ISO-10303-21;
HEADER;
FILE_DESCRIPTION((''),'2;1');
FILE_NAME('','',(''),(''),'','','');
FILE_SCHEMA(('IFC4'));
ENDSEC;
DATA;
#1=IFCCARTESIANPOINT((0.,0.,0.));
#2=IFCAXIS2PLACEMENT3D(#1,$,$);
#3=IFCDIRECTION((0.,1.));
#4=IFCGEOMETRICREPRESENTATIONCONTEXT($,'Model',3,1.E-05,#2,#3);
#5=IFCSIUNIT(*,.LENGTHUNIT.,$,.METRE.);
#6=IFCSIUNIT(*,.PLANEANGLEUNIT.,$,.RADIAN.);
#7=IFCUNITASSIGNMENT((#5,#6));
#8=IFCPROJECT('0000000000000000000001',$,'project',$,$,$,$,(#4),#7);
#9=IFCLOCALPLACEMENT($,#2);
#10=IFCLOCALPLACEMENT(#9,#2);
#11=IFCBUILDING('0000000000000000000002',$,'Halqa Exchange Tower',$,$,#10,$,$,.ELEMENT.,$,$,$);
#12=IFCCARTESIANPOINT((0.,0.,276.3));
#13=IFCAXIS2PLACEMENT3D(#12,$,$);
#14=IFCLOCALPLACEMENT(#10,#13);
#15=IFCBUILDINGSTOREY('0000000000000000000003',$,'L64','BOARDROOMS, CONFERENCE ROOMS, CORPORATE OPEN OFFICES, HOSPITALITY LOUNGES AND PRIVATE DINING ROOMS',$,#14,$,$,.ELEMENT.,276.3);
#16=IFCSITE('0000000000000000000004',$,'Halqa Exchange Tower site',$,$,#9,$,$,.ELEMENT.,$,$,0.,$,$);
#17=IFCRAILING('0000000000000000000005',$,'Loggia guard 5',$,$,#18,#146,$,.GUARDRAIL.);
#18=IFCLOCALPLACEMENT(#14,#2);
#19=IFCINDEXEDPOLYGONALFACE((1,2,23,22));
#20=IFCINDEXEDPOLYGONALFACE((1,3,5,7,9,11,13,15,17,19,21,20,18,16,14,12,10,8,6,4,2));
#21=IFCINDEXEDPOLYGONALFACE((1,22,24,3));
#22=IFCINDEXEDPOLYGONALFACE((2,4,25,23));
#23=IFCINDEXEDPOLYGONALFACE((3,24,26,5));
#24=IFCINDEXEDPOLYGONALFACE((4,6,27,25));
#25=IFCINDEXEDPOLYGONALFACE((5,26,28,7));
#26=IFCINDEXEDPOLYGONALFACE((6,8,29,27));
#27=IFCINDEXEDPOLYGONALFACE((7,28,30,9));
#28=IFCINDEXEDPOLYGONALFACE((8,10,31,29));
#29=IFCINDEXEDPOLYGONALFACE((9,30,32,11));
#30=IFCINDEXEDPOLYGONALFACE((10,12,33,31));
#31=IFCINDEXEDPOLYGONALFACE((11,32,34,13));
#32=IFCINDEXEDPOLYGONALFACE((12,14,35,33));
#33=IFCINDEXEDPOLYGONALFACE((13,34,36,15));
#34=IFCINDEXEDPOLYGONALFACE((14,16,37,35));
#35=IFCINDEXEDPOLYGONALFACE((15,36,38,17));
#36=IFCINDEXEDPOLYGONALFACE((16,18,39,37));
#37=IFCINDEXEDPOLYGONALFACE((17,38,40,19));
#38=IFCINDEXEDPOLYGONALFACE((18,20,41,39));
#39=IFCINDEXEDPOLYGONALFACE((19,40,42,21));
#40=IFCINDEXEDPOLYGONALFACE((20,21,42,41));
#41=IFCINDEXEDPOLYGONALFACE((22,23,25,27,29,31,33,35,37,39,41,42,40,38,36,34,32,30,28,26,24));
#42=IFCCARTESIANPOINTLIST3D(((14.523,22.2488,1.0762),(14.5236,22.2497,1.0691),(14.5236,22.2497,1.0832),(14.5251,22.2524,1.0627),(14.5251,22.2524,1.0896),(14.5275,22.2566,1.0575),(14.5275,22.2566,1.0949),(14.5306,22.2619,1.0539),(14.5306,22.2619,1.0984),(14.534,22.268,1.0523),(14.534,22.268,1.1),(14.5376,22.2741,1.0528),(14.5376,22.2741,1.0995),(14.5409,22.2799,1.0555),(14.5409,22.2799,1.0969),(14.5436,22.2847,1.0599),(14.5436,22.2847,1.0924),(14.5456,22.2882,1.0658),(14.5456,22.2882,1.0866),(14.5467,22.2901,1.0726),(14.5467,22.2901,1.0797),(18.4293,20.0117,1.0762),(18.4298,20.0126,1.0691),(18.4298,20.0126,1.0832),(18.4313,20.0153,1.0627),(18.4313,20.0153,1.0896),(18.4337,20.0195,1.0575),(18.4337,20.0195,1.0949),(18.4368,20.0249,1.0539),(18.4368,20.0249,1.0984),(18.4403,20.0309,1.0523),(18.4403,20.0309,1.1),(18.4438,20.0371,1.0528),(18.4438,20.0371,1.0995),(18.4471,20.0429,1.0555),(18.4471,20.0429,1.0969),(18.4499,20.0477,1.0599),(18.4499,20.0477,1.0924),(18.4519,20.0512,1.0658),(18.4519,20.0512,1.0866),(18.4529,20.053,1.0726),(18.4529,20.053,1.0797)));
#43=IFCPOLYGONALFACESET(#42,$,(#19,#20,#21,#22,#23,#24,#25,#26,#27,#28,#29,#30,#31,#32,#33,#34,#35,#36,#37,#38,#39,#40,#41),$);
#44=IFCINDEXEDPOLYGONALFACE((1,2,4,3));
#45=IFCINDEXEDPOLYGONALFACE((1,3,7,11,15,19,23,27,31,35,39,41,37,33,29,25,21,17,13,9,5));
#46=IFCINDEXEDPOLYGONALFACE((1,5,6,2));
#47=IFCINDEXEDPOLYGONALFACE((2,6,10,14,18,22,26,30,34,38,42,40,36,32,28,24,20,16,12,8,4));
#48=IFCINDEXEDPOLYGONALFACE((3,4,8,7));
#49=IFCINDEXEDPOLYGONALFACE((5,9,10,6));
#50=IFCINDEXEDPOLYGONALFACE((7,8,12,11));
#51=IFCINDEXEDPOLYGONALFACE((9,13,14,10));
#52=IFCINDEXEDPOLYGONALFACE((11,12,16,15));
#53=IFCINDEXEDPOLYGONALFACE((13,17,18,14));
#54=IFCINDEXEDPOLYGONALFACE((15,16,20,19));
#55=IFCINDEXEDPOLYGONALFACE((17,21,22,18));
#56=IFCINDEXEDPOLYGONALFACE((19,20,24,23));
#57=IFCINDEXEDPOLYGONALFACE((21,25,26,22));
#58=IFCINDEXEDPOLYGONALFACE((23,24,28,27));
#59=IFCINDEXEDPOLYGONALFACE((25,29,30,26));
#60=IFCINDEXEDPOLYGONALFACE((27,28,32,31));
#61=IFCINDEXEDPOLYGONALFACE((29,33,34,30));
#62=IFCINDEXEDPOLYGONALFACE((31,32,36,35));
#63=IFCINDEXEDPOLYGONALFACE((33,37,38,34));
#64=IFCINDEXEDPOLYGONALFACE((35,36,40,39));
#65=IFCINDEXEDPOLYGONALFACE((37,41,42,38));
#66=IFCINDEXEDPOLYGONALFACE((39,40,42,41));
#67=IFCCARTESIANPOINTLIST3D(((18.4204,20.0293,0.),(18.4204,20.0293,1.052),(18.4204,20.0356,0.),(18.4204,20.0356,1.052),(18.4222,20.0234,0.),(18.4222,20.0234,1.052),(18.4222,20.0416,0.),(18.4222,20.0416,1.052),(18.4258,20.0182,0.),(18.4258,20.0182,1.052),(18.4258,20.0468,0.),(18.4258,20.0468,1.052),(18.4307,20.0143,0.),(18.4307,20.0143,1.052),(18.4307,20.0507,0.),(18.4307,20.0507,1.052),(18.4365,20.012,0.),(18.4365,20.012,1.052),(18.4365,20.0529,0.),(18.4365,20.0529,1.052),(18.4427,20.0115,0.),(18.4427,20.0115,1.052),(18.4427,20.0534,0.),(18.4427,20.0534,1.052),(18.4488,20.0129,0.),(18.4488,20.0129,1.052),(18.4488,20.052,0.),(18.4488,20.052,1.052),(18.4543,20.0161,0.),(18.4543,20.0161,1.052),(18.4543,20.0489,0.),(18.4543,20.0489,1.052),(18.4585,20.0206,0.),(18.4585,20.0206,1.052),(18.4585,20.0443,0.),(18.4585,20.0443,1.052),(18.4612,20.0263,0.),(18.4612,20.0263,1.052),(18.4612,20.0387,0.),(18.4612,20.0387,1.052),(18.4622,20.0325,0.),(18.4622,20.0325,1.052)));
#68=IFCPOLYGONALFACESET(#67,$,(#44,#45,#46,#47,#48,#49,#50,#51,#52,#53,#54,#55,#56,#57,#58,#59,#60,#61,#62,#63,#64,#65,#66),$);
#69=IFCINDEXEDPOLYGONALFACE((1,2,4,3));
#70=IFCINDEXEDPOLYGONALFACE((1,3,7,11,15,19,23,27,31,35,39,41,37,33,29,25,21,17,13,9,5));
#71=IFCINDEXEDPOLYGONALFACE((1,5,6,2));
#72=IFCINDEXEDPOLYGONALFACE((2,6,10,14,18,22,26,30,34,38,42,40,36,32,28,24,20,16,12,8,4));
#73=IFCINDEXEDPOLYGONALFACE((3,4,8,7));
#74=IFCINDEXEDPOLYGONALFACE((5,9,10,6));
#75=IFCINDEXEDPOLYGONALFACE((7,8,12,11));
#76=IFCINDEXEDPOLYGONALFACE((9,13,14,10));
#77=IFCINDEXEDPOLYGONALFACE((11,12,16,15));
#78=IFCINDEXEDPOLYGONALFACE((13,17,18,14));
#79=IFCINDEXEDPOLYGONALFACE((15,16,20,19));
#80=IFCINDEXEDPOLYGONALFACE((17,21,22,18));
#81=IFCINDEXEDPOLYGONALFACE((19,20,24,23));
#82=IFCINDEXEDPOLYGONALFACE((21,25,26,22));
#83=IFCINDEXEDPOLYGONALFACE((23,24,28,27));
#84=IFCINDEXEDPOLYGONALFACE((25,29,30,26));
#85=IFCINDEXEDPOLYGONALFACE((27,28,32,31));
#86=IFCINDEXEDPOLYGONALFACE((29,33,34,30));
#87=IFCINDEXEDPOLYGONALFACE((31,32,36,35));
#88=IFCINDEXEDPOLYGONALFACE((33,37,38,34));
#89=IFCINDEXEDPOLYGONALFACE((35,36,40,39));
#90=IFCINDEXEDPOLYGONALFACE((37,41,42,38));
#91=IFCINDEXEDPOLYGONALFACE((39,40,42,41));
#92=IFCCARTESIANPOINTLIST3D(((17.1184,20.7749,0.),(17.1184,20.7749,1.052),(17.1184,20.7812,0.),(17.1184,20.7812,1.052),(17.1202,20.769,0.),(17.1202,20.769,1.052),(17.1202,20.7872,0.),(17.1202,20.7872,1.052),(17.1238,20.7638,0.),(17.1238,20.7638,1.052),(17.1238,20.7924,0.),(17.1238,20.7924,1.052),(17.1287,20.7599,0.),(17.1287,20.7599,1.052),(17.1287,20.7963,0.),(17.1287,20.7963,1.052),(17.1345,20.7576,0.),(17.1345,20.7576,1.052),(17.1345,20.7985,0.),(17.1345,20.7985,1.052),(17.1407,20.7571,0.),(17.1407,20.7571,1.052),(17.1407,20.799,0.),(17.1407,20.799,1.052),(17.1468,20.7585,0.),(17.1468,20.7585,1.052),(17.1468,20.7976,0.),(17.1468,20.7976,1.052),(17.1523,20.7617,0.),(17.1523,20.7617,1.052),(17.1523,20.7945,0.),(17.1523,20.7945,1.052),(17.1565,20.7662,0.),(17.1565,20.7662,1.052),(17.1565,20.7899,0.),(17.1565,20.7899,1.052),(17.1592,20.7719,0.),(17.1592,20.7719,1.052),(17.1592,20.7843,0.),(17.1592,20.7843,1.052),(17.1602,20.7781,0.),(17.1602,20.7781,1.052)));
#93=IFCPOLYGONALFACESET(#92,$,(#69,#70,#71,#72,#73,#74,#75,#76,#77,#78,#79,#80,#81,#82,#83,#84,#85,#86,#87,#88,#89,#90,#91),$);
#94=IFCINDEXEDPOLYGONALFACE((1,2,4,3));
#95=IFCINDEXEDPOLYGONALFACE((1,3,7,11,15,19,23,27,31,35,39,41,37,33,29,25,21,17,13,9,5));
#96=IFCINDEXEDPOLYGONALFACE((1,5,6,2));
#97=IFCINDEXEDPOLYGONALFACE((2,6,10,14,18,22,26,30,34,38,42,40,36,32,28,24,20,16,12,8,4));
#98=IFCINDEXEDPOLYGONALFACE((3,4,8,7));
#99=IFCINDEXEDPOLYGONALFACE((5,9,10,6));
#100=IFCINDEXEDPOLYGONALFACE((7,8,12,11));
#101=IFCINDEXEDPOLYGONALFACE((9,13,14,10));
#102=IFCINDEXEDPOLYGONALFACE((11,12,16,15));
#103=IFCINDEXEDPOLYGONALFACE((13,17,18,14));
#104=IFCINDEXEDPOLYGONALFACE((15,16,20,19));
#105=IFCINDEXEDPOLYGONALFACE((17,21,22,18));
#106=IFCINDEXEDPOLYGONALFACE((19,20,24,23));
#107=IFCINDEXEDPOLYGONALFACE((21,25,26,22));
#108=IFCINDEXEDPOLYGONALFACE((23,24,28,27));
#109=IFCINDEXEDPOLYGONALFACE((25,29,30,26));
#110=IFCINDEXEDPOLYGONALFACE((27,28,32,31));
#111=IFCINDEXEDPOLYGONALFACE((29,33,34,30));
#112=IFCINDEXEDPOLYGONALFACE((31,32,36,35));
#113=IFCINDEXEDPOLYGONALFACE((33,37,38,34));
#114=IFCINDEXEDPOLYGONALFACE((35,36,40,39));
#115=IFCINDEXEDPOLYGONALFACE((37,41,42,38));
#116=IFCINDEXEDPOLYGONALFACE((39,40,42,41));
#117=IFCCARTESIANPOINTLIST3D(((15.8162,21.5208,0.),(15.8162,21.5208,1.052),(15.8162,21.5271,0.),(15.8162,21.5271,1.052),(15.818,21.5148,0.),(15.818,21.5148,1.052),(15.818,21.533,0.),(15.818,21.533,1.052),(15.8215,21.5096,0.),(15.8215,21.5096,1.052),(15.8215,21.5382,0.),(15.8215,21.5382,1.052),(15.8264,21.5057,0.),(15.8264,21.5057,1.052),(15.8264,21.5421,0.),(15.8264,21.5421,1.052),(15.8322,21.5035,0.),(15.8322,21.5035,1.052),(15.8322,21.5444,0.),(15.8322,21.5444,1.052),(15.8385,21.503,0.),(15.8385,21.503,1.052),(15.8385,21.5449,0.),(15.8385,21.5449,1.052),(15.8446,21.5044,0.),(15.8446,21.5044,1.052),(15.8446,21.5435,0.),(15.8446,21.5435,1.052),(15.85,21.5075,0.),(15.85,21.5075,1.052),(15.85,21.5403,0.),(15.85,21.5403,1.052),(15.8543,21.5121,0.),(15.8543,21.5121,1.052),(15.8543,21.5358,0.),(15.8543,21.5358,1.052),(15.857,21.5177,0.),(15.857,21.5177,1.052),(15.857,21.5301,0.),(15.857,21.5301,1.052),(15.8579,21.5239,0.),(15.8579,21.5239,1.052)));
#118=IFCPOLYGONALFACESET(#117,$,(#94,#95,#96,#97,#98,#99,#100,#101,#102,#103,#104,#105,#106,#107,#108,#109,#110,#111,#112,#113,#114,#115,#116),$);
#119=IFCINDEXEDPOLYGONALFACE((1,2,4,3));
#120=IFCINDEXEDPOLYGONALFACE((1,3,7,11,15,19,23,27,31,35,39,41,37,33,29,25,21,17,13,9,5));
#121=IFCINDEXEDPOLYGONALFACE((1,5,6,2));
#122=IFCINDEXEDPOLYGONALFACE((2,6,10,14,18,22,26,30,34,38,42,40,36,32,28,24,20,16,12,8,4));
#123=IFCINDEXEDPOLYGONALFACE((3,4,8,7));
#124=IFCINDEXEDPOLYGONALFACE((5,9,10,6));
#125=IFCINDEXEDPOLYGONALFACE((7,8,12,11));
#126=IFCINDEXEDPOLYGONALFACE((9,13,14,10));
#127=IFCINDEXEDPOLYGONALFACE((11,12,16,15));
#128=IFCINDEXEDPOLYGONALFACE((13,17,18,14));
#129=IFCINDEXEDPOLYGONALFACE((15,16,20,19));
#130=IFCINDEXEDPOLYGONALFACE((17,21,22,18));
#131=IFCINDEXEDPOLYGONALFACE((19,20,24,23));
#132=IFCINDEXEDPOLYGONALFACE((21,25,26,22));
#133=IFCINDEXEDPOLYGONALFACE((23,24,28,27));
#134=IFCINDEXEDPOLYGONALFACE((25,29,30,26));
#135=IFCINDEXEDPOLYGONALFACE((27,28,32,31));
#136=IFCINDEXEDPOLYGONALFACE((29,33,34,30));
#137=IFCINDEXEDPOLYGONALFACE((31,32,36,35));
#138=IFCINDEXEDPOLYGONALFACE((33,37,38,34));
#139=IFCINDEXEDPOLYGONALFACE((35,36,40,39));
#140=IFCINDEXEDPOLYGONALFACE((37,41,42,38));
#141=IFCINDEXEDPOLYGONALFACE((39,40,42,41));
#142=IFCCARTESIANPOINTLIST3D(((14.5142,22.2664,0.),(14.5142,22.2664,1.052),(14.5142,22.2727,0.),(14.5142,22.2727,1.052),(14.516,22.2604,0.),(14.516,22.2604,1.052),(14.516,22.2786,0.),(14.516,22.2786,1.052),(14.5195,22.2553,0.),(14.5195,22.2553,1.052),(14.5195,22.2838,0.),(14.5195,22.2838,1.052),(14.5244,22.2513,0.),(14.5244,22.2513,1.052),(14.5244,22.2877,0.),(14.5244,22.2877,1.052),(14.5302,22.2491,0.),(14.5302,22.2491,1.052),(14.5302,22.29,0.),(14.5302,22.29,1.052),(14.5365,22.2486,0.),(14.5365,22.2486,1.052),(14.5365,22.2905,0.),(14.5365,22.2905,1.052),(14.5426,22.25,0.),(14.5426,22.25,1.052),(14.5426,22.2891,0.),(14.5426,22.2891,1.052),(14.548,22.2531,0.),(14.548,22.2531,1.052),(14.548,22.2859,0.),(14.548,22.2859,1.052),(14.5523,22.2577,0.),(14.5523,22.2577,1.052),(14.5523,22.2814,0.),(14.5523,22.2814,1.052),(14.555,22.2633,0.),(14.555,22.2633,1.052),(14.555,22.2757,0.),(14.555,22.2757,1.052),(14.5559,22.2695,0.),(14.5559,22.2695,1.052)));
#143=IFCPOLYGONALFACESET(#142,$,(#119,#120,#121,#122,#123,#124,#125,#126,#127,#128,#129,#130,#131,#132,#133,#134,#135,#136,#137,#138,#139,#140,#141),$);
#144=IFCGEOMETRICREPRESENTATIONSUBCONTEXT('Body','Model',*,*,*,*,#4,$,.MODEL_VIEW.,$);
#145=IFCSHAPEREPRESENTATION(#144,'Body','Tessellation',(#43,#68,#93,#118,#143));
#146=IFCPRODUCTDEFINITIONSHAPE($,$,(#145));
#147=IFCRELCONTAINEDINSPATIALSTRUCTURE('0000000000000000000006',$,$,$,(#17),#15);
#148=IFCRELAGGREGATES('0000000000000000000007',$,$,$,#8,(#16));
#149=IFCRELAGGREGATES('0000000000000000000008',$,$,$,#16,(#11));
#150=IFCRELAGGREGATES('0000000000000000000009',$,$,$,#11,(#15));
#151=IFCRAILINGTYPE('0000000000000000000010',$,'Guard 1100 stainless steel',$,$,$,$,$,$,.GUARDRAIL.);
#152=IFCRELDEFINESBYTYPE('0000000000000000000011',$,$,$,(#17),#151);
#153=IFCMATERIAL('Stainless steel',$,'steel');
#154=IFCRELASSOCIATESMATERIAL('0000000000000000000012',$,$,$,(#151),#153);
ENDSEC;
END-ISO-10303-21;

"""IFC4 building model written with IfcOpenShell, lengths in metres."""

from ifc_helpers import new_model, si_unit, direction, frame, origin, origin_2d, place, context, subcontext, project, spatial, circle, extrude, material, type_object, element, save


model = new_model("IFC4")

# Units and contexts
model_context = context("Model", 3, precision=1e-05, world=origin(), true_north=direction((0.0, 1.0)))
body_context = subcontext(model_context, "Body", "Model", "MODEL_VIEW")
ifc_project = project(units=[si_unit("LENGTHUNIT", "METRE"), si_unit("PLANEANGLEUNIT", "RADIAN")], contexts=[model_context])

# Site, building, storey
site_placement = place(None, origin())
site = spatial("IfcSite", under=ifc_project, at=site_placement, Name="Halqa Exchange Tower site", CompositionType="ELEMENT", RefElevation=0.0)
building_placement = place(site_placement, origin())
building = spatial("IfcBuilding", under=site, at=building_placement, Name="Halqa Exchange Tower", CompositionType="ELEMENT")
storey_placement = place(building_placement, frame((0.0, 0.0, 276.3)))
storey = spatial("IfcBuildingStorey", under=building, at=storey_placement, Name="L64", Description="BOARDROOMS, CONFERENCE ROOMS, CORPORATE OPEN OFFICES, HOSPITALITY LOUNGES AND PRIVATE DINING ROOMS", CompositionType="ELEMENT", Elevation=276.3)

# Railing
ifc_material_1 = material(Name="Stainless steel", Category="steel")
railing_type = type_object("IfcRailingType", Name="Guard 1100 stainless steel", PredefinedType="GUARDRAIL", material=ifc_material_1)
railing_1_placement = place(storey_placement, frame((18.4412, 20.0325, 0.0)))
element("IfcRailing", 1, at=railing_1_placement, inside=storey, type_object=railing_type, Name="Loggia guard 5", PredefinedType="GUARDRAIL", context=body_context, shape_type="SweptSolid", body=[
    extrude(circle(Radius=0.0239, at=origin_2d()), frame((0.0, 0.0, 1.0762), z_axis=(-0.867772, 0.496962, 0.0), x_axis=(-0.496962, -0.867772, 0.0)), (0.0, 0.0, 1.0), 4.5015),
    extrude(circle(Radius=0.021, at=origin_2d()), origin(), (0.0, 0.0, 1.0), 1.052),
    extrude(circle(Radius=0.021, at=origin_2d()), frame((-1.302, 0.7456, 0.0)), (0.0, 0.0, 1.0), 1.052),
    extrude(circle(Radius=0.021, at=origin_2d()), frame((-2.6042, 1.4915, 0.0)), (0.0, 0.0, 1.0), 1.052),
    extrude(circle(Radius=0.021, at=origin_2d()), frame((-3.9062, 2.2371, 0.0)), (0.0, 0.0, 1.0), 1.052),
])

save(model, "model.ifc")
